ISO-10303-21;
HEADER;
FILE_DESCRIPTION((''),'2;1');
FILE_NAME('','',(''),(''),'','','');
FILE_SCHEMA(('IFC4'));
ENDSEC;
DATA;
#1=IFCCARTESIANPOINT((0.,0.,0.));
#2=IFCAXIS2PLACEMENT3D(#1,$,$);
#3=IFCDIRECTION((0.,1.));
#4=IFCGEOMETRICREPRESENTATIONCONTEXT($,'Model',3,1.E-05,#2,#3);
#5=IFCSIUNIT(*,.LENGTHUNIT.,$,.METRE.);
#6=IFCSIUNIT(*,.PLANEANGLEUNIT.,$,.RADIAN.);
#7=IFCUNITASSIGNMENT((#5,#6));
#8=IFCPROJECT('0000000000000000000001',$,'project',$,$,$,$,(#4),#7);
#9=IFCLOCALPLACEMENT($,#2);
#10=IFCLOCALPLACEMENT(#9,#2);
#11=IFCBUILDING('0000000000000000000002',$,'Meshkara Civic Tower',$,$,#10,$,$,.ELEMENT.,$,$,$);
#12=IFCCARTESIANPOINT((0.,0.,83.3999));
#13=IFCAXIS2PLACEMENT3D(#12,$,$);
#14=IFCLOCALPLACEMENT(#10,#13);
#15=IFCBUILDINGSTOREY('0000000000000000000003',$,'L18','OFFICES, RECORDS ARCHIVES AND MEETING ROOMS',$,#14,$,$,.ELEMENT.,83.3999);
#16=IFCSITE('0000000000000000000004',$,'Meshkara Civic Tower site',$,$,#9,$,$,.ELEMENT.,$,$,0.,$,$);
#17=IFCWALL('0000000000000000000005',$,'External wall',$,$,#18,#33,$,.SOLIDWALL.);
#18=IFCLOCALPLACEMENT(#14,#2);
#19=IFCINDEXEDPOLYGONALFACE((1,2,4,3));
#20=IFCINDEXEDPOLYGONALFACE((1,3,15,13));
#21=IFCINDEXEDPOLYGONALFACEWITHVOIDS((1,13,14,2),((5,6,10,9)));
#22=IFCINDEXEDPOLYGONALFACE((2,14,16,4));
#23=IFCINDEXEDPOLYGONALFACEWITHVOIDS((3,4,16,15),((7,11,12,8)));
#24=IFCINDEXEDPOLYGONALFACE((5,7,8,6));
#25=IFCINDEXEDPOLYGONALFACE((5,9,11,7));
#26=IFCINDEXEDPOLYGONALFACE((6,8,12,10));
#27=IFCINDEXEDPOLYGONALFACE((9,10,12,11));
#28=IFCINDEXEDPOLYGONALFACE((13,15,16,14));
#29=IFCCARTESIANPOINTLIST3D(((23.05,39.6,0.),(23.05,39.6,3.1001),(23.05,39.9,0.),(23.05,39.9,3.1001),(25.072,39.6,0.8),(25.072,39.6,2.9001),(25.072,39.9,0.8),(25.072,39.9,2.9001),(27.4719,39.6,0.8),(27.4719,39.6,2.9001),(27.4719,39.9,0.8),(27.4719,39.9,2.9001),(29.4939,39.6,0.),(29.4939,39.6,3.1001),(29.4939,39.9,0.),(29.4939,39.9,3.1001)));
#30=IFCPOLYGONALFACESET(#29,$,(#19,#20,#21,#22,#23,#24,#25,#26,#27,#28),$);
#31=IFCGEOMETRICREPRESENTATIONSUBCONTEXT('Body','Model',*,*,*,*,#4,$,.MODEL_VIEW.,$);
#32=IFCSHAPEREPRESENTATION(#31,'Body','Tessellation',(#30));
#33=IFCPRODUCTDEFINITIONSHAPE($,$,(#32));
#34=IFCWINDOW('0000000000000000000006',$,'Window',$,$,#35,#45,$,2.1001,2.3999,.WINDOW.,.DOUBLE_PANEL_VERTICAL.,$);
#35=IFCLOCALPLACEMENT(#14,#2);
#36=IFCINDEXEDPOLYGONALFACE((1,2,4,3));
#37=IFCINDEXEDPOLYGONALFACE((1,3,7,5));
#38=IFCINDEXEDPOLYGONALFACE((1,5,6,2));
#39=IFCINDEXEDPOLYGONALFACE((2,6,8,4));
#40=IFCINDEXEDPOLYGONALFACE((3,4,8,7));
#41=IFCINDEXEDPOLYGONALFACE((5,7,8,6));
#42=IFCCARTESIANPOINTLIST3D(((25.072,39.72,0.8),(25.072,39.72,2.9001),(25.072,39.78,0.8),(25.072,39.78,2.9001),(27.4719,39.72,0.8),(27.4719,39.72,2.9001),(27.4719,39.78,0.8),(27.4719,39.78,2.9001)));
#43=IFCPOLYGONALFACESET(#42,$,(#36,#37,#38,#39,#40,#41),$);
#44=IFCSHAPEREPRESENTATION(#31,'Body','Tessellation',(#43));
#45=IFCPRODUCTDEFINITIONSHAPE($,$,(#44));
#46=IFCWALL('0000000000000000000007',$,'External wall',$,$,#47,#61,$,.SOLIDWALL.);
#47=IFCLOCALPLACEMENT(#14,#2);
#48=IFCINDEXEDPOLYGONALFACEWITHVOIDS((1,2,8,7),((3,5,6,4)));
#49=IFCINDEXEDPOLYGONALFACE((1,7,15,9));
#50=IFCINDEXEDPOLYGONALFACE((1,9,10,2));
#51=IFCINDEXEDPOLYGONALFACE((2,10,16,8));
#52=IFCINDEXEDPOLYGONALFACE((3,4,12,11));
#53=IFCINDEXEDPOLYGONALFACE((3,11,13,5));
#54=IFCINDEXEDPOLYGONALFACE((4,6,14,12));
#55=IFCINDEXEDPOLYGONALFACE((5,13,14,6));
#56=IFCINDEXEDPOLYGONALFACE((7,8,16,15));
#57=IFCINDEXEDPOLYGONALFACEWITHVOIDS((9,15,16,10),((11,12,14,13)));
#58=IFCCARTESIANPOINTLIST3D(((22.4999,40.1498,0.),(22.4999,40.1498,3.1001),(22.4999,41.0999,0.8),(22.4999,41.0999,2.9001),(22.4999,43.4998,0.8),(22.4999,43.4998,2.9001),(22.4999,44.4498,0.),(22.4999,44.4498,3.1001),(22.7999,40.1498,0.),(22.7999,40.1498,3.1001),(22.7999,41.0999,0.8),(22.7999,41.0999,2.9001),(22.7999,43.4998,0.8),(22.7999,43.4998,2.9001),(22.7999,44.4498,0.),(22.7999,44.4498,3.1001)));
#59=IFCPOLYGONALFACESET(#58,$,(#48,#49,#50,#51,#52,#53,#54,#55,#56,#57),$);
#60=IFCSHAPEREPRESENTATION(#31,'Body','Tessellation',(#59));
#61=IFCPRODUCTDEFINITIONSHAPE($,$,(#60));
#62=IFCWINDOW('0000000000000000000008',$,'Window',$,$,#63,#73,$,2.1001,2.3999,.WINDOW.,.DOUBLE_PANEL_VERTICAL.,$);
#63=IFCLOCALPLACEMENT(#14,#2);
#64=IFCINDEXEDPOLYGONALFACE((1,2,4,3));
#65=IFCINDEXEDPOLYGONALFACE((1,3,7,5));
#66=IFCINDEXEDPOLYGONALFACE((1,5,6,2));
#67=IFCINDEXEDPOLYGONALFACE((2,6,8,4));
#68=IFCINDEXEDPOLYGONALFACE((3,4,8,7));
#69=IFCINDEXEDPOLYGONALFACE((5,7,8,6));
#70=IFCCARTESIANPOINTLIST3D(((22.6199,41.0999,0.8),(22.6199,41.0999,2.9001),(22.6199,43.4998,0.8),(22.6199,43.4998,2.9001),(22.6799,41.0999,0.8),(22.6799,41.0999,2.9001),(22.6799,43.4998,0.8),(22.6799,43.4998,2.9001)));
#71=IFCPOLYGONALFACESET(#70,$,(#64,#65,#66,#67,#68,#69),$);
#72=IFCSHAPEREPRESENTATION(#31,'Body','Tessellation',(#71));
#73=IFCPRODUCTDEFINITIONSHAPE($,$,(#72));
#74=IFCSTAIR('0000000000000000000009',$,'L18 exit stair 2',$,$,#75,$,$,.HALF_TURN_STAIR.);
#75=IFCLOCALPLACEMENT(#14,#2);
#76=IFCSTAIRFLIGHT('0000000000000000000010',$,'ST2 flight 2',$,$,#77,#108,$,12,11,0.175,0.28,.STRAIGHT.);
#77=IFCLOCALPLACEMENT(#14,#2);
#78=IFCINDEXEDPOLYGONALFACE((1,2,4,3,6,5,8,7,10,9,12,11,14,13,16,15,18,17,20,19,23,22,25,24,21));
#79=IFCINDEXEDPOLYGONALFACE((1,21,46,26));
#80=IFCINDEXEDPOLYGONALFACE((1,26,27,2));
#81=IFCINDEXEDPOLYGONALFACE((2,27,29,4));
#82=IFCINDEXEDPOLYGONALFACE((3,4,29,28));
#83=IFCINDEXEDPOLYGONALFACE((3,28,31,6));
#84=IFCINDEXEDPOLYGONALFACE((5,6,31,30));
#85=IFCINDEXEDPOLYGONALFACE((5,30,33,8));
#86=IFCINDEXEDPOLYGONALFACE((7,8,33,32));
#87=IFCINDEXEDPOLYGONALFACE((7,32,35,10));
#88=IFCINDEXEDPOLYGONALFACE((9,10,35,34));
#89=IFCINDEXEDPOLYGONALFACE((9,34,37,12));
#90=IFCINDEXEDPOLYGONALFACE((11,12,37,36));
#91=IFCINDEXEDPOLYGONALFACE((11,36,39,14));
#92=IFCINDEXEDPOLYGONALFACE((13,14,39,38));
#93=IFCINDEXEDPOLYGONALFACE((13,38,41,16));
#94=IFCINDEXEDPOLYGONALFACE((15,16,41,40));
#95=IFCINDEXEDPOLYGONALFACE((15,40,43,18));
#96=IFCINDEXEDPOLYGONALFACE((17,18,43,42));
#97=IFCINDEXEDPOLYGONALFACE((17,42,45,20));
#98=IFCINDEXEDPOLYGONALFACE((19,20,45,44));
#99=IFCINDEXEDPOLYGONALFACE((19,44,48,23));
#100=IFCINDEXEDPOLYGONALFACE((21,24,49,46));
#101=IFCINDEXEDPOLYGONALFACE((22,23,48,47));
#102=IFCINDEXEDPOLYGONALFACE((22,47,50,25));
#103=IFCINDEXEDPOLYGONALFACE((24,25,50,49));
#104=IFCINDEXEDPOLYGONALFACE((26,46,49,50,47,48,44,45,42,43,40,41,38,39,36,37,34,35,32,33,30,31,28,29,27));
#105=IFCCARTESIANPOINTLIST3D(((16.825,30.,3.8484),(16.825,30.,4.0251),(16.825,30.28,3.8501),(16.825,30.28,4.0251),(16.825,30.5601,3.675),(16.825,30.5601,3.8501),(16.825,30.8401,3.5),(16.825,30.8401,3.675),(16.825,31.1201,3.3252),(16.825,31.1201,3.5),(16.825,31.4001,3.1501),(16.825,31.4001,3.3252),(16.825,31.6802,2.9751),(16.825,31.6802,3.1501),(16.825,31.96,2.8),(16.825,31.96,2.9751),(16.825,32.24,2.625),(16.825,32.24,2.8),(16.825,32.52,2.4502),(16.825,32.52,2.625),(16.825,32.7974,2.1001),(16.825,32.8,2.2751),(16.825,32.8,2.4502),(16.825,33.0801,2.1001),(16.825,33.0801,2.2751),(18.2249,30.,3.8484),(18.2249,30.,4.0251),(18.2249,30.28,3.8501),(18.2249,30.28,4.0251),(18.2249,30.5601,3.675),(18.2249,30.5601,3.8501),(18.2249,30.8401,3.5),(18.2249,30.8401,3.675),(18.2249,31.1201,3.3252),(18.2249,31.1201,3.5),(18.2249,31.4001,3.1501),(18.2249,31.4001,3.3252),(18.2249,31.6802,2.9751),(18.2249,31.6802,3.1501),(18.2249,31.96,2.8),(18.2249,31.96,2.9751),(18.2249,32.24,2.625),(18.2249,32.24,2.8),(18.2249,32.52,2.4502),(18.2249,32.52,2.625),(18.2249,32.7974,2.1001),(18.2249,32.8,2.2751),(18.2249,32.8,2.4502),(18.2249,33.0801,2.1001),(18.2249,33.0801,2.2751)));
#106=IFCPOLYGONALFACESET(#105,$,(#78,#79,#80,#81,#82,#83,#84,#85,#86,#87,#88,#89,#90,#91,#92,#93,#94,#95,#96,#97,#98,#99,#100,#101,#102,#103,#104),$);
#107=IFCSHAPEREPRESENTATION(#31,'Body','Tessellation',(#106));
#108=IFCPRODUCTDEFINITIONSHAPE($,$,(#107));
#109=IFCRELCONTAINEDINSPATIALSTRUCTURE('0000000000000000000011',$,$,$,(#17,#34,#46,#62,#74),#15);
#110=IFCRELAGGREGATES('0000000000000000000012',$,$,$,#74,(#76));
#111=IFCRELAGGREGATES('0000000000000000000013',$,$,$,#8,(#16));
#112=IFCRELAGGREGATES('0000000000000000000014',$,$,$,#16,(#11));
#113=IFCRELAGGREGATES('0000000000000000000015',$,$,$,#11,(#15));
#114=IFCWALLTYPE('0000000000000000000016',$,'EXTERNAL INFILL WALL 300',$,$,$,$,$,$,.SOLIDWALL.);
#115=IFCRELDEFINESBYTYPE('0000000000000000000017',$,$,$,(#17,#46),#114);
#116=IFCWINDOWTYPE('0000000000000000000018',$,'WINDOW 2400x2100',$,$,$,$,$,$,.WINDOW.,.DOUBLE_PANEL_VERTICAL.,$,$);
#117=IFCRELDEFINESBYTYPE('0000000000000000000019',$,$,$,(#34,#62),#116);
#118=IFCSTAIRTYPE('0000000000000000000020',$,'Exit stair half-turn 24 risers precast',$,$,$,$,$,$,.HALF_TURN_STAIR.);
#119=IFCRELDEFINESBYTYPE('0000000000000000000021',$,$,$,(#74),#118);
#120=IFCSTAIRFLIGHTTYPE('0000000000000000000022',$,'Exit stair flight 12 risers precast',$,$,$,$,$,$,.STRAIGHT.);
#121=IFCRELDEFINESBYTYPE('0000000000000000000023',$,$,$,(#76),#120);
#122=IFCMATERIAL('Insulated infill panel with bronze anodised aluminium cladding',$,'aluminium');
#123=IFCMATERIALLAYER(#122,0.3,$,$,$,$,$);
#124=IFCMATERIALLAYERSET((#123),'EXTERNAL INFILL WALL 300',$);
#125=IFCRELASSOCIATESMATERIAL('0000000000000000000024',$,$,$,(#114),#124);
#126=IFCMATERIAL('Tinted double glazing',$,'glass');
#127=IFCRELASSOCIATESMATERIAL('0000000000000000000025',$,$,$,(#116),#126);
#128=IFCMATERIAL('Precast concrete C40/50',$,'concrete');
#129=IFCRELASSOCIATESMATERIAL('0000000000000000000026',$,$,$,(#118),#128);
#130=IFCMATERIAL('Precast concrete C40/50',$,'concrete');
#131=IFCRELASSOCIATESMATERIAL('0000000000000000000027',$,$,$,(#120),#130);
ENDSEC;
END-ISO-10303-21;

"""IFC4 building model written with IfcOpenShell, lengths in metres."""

from ifc_helpers import new_model, si_unit, direction, frame, frame_2d, origin, place, context, subcontext, project, spatial, polyline, rectangle, outline, extrude, material, layer, layer_set, type_object, element, fill, aggregate, save


model = new_model("IFC4")

# Units and contexts
model_context = context("Model", 3, precision=1e-05, world=origin(), true_north=direction((0.0, 1.0)))
body_context = subcontext(model_context, "Body", "Model", "MODEL_VIEW")
ifc_project = project(units=[si_unit("LENGTHUNIT", "METRE"), si_unit("PLANEANGLEUNIT", "RADIAN")], contexts=[model_context])

# Site, building, storey
site_placement = place(None, origin())
site = spatial("IfcSite", under=ifc_project, at=site_placement, Name="Meshkara Civic Tower site", CompositionType="ELEMENT", RefElevation=0.0)
building_placement = place(site_placement, origin())
building = spatial("IfcBuilding", under=site, at=building_placement, Name="Meshkara Civic Tower", CompositionType="ELEMENT")
storey_placement = place(building_placement, frame((0.0, 0.0, 83.3999)))
storey = spatial("IfcBuildingStorey", under=building, at=storey_placement, Name="L18", Description="OFFICES, RECORDS ARCHIVES AND MEETING ROOMS", CompositionType="ELEMENT", Elevation=83.3999)

# Walls, openings, windows
ifc_material_1 = material(Name="Insulated infill panel with bronze anodised aluminium cladding", Category="aluminium")
ifc_layer_1 = layer(ifc_material_1, 0.3)
ifc_layer_set_1 = layer_set([ifc_layer_1], Name="EXTERNAL INFILL WALL 300")
wall_type_1 = type_object("IfcWallType", Name="EXTERNAL INFILL WALL 300", PredefinedType="SOLIDWALL", material=ifc_layer_set_1)
wall_1_placement = place(storey_placement, frame((29.4939, 39.75, 0.0), z_axis=(0.0, 0.0, 1.0), x_axis=(-1.0, 0.0, 0.0)))
wall_1 = element("IfcWall", 1, at=wall_1_placement, inside=storey, type_object=wall_type_1, Name="External wall", PredefinedType="SOLIDWALL", context=body_context, shape_type="SweptSolid", body=[
    extrude(rectangle(XDim=6.4438, YDim=0.3, at=frame_2d((3.2219, 0.0))), origin(), (0.0, 0.0, 1.0), 3.1001),
])
opening_1_placement = place(wall_1_placement, frame((2.022, 0.0, 0.8)))
opening_1 = element("IfcOpeningElement", 2, at=opening_1_placement, cuts=wall_1, PredefinedType="OPENING", context=body_context, shape_type="SweptSolid", body=[
    extrude(rectangle(XDim=2.3999, YDim=2.1001, at=frame_2d((1.2, 1.05))), frame((0.0, 0.1599, 0.0), z_axis=(0.0, -1.0, 0.0), x_axis=(1.0, 0.0, 0.0)), (0.0, 0.0, 1.0), 0.3201),
])
ifc_material_2 = material(Name="Tinted double glazing", Category="glass")
window_type_1 = type_object("IfcWindowType", Name="WINDOW 2400x2100", PartitioningType="DOUBLE_PANEL_VERTICAL", PredefinedType="WINDOW", material=ifc_material_2)
window_1_placement = place(opening_1_placement, origin())
window_1 = element("IfcWindow", 3, at=window_1_placement, inside=storey, type_object=window_type_1, Name="Window", OverallHeight=2.1001, OverallWidth=2.3999, PartitioningType="DOUBLE_PANEL_VERTICAL", PredefinedType="WINDOW", context=body_context, shape_type="SweptSolid", body=[
    extrude(rectangle(XDim=2.3999, YDim=2.1001, at=frame_2d((1.2, 1.05))), frame((0.0, 0.03, 0.0), z_axis=(0.0, -1.0, 0.0), x_axis=(1.0, 0.0, 0.0)), (0.0, 0.0, 1.0), 0.0601),
])
fill(opening_1, window_1)
wall_2_placement = place(storey_placement, frame((22.6499, 40.1499, 0.0), z_axis=(0.0, 0.0, 1.0), x_axis=(0.0, 1.0, 0.0)))
wall_2 = element("IfcWall", 4, at=wall_2_placement, inside=storey, type_object=wall_type_1, Name="External wall", PredefinedType="SOLIDWALL", context=body_context, shape_type="SweptSolid", body=[
    extrude(rectangle(XDim=4.3, YDim=0.3, at=frame_2d((2.1499, 0.0))), origin(), (0.0, 0.0, 1.0), 3.1001),
])
opening_2_placement = place(wall_2_placement, frame((0.95, 0.0, 0.8)))
opening_2 = element("IfcOpeningElement", 5, at=opening_2_placement, cuts=wall_2, PredefinedType="OPENING", context=body_context, shape_type="SweptSolid", body=[
    extrude(rectangle(XDim=2.3999, YDim=2.1001, at=frame_2d((1.2, 1.05))), frame((0.0, 0.1599, 0.0), z_axis=(0.0, -1.0, 0.0), x_axis=(1.0, 0.0, 0.0)), (0.0, 0.0, 1.0), 0.3201),
])
window_2_placement = place(opening_2_placement, origin())
window_2 = element("IfcWindow", 6, at=window_2_placement, inside=storey, type_object=window_type_1, Name="Window", OverallHeight=2.1001, OverallWidth=2.3999, PartitioningType="DOUBLE_PANEL_VERTICAL", PredefinedType="WINDOW", context=body_context, shape_type="SweptSolid", body=[
    extrude(rectangle(XDim=2.3999, YDim=2.1001, at=frame_2d((1.2, 1.05))), frame((0.0, 0.03, 0.0), z_axis=(0.0, -1.0, 0.0), x_axis=(1.0, 0.0, 0.0)), (0.0, 0.0, 1.0), 0.0601),
])
fill(opening_2, window_2)

# Stair, stair flight
ifc_material_3 = material(Name="Precast concrete C40/50", Category="concrete")
stair_type = type_object("IfcStairType", Name="Exit stair half-turn 24 risers precast", PredefinedType="HALF_TURN_STAIR", material=ifc_material_3)
stair_placement = place(storey_placement, origin())
stair = element("IfcStair", 7, at=stair_placement, inside=storey, type_object=stair_type, Name="L18 exit stair 2", PredefinedType="HALF_TURN_STAIR")
ifc_material_4 = material(Name="Precast concrete C40/50", Category="concrete")
stair_flight_type = type_object("IfcStairFlightType", Name="Exit stair flight 12 risers precast", PredefinedType="STRAIGHT", material=ifc_material_4)
stair_flight_placement = place(storey_placement, frame((17.5249, 33.0801, 2.1001), z_axis=(0.0, 0.0, 1.0), x_axis=(0.0, -1.0, 0.0)))
stair_flight = element("IfcStairFlight", 8, at=stair_flight_placement, type_object=stair_flight_type, Name="ST2 flight 2", NumberOfRisers=12, NumberOfTreads=11, PredefinedType="STRAIGHT", RiserHeight=0.175, TreadLength=0.28, context=body_context, shape_type="SweptSolid", body=[
    extrude(outline(polyline([(0.0, 0.0), (0.0, 0.175), (0.28, 0.175), (0.28, 0.3501), (0.5601, 0.3501), (0.5601, 0.5249), (0.8401, 0.5249), (0.8401, 0.7), (1.1201, 0.7), (1.1201, 0.875), (1.3999, 0.875), (1.3999, 1.05), (1.6799, 1.05), (1.6799, 1.2251), (1.96, 1.2251), (1.96, 1.3999), (2.24, 1.3999), (2.24, 1.575), (2.52, 1.575), (2.52, 1.75), (2.8, 1.75), (2.8, 1.925), (3.0801, 1.925), (3.0801, 2.1001), (3.0801, 1.7483), (0.2827, 0.0), (0.0, 0.0)])), frame((0.0, 0.7, 0.0), z_axis=(0.0, -1.0, 0.0), x_axis=(1.0, 0.0, 0.0)), (0.0, 0.0, 1.0), 1.3999),
])
aggregate(stair, [stair_flight])

save(model, "model.ifc")
